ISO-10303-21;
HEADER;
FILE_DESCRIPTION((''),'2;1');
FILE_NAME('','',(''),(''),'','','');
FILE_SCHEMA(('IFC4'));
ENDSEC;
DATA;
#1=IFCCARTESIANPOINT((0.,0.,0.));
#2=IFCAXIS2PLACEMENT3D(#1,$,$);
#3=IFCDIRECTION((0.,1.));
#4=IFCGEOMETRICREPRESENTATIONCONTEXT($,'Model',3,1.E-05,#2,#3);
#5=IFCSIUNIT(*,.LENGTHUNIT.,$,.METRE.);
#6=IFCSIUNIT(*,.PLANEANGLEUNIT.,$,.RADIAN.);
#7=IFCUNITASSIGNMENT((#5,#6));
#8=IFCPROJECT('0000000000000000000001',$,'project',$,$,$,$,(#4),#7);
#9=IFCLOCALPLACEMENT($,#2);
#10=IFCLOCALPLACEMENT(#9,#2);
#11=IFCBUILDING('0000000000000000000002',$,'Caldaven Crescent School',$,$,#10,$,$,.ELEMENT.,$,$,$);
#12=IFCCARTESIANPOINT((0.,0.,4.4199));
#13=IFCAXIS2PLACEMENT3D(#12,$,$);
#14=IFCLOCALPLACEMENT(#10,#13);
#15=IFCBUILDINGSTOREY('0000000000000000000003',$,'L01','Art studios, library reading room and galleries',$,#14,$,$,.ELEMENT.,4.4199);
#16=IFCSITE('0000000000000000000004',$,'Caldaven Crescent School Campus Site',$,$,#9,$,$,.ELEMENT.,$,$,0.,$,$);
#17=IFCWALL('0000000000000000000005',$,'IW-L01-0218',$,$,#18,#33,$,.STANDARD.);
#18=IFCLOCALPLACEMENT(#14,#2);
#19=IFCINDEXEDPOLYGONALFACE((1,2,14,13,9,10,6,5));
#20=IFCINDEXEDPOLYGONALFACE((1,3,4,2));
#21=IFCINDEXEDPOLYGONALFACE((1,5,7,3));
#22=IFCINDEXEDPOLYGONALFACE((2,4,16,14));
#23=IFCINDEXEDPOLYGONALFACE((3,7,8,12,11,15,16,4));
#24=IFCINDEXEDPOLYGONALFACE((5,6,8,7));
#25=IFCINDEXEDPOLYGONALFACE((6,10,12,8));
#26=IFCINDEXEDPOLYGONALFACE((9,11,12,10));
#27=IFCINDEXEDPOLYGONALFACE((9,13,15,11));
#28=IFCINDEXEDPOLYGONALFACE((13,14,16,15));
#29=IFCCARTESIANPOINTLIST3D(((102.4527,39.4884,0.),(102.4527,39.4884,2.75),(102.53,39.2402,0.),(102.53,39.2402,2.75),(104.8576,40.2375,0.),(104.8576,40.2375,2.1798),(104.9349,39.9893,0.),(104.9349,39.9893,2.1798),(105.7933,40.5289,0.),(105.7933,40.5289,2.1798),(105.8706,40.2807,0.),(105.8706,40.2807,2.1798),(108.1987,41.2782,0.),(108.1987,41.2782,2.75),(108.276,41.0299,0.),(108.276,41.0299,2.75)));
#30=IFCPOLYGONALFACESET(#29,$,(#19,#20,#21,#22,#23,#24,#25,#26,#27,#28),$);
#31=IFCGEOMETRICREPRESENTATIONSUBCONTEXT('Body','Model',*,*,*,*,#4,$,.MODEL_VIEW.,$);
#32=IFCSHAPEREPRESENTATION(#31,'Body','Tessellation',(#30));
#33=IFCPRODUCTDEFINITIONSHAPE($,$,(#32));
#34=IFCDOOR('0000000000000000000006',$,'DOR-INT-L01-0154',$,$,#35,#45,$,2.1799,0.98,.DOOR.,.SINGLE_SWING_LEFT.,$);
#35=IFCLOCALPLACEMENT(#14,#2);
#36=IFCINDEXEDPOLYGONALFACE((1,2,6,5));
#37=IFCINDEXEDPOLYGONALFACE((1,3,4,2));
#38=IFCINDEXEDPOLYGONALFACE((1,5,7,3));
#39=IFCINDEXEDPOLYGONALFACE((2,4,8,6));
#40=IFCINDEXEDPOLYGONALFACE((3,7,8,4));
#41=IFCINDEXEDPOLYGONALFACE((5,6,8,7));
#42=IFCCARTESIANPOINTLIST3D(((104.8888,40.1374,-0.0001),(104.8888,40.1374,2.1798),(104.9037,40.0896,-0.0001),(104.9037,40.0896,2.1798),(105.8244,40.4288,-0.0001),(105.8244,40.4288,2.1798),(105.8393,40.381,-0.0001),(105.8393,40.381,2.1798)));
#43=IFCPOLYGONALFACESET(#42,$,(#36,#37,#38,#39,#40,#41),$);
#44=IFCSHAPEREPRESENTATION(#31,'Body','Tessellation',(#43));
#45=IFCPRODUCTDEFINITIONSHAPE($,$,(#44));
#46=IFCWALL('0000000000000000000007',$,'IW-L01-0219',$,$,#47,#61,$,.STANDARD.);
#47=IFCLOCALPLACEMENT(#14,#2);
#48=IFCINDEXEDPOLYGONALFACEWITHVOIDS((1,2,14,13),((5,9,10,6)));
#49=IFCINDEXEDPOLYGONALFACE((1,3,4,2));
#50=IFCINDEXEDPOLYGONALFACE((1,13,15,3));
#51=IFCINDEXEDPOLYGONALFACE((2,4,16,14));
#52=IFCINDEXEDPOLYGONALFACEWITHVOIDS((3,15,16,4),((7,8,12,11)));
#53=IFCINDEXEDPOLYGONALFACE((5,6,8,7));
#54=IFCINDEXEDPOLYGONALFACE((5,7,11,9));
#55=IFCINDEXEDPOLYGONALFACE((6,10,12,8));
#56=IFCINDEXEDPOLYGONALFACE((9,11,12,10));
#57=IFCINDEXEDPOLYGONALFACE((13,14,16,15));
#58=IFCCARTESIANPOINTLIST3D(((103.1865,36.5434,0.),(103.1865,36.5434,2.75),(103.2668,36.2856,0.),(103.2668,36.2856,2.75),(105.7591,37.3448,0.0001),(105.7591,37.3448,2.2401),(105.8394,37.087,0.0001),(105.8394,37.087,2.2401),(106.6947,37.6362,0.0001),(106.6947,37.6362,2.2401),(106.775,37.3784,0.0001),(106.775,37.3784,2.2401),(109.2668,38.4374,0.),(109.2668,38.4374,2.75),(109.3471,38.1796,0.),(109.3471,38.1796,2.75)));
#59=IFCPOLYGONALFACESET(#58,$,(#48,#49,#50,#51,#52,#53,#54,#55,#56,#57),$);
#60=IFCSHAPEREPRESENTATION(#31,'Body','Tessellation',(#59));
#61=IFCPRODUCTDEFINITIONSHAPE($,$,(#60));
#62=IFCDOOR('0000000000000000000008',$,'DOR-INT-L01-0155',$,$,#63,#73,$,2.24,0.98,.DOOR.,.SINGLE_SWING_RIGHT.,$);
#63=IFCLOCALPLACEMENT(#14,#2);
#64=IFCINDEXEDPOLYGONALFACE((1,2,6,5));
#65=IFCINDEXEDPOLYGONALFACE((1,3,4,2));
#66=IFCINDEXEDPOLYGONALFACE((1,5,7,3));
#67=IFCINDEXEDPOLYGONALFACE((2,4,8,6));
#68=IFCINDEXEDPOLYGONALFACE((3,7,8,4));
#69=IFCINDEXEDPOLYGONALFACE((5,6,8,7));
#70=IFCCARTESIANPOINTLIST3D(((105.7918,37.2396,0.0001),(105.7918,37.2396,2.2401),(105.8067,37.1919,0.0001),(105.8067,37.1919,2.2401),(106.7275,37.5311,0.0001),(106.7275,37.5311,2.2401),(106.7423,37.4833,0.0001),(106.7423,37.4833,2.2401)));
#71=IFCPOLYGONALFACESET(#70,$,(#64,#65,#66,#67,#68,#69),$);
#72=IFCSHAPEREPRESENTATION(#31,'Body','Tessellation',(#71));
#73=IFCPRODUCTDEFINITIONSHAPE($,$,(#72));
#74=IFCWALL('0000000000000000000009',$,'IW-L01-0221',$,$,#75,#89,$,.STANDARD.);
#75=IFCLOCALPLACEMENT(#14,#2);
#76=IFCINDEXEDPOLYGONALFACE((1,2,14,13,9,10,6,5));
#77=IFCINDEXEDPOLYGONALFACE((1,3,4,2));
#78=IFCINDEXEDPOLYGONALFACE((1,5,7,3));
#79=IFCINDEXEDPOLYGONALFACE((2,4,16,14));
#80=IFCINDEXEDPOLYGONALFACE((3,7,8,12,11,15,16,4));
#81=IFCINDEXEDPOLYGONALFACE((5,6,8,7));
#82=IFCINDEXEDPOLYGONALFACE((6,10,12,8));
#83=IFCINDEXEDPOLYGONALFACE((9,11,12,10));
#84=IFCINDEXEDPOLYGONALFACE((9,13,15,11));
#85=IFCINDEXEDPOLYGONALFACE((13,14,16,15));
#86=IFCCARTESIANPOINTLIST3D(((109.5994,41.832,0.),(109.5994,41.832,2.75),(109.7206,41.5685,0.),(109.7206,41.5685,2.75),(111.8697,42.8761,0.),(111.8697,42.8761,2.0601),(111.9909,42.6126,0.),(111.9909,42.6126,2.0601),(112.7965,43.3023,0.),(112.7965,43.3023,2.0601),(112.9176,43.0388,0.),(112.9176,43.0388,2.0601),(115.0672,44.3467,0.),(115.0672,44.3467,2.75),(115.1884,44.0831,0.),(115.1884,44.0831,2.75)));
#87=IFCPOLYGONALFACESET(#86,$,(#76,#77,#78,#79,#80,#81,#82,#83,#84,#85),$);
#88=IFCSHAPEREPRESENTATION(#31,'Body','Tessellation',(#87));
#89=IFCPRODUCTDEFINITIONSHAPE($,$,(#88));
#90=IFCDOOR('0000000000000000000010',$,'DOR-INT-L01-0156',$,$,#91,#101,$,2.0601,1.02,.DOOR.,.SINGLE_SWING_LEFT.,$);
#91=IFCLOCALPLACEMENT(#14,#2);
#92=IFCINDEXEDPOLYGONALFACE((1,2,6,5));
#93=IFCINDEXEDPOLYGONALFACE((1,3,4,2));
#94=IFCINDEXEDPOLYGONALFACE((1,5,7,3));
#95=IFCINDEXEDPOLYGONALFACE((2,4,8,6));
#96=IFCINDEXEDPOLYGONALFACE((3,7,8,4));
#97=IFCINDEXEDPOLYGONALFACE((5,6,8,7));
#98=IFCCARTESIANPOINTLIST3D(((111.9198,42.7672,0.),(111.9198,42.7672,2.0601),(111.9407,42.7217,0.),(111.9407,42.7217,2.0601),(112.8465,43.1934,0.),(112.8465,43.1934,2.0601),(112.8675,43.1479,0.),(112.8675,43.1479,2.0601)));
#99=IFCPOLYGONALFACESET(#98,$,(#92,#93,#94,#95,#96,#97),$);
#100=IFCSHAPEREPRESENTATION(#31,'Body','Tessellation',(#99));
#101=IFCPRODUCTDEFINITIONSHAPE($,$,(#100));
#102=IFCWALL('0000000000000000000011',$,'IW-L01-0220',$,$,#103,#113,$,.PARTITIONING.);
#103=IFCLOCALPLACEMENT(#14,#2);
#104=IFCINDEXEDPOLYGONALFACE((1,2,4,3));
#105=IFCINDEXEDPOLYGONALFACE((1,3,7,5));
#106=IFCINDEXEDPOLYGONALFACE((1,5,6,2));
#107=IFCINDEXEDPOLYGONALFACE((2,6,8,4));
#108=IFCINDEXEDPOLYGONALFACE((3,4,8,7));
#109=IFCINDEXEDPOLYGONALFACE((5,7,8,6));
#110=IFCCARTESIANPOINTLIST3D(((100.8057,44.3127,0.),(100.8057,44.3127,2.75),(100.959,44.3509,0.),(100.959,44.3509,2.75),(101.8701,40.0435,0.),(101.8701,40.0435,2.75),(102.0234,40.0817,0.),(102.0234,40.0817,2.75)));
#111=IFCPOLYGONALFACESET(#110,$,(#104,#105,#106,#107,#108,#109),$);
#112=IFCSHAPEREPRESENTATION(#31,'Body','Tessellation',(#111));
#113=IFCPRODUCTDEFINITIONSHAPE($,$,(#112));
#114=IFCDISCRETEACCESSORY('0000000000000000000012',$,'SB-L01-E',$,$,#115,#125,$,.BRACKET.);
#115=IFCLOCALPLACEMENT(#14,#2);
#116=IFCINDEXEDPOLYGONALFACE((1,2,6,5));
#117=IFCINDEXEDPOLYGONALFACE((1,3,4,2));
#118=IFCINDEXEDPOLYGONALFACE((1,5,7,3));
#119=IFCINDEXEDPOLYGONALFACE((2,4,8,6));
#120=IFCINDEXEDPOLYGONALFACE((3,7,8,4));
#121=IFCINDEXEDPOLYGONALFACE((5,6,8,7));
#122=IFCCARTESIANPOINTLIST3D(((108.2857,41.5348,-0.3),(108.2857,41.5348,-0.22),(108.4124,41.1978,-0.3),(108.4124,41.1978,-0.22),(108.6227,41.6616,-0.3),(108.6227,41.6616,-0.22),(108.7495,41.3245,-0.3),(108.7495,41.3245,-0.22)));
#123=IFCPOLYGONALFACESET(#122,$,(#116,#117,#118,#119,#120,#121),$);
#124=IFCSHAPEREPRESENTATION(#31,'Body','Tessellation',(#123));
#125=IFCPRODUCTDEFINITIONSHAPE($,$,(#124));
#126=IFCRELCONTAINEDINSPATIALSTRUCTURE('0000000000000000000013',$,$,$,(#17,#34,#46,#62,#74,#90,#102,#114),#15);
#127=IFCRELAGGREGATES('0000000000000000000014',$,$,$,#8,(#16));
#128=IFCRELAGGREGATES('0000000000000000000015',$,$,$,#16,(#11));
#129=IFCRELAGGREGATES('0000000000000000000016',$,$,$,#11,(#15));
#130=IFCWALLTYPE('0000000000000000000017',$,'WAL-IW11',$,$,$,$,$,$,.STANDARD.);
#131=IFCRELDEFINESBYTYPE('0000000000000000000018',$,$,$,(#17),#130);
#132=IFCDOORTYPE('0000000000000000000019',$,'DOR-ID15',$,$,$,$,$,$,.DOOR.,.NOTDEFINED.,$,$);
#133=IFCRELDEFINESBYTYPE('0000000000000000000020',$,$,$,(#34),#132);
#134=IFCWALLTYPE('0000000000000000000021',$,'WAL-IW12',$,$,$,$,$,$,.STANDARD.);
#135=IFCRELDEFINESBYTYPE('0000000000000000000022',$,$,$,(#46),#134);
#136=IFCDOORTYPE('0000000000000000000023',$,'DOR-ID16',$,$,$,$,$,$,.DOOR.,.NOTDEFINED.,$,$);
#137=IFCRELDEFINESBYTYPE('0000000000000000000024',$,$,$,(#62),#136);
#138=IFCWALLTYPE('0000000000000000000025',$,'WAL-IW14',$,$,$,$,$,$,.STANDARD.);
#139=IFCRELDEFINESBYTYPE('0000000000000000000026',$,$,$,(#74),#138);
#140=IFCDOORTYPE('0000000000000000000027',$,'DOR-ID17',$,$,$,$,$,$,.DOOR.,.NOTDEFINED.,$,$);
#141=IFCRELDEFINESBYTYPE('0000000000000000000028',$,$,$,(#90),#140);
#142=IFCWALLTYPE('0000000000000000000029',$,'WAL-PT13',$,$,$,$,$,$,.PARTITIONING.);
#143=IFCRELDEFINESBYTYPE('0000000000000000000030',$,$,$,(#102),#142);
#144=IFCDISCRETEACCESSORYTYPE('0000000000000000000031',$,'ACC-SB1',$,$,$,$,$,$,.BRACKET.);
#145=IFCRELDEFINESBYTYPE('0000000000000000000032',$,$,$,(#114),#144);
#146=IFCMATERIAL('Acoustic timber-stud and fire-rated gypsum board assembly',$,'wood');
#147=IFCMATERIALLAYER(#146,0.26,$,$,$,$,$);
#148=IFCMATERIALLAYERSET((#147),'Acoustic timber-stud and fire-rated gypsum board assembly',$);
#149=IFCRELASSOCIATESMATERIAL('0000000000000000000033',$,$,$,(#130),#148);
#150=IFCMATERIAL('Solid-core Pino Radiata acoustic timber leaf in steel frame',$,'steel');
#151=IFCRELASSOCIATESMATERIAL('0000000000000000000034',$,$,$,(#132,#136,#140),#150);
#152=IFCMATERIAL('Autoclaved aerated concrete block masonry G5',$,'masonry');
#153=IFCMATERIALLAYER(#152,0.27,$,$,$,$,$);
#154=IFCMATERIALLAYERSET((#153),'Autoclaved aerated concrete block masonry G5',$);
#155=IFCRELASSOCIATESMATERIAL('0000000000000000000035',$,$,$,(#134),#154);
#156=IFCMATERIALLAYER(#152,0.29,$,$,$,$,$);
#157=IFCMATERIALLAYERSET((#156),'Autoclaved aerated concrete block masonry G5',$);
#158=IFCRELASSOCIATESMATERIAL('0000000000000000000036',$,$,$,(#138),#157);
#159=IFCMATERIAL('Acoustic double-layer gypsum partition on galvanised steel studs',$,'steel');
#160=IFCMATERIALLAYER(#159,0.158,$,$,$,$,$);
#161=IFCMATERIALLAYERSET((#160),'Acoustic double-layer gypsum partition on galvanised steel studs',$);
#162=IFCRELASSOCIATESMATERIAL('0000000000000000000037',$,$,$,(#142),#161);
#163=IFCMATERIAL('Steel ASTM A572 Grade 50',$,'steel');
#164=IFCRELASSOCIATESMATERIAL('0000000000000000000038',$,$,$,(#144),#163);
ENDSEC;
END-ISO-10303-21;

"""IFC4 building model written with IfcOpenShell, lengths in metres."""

from ifc_helpers import new_model, si_unit, direction, frame, frame_2d, origin, origin_2d, place, context, subcontext, project, spatial, rectangle, extrude, material, layer, layer_set, type_object, element, fill, save


model = new_model("IFC4")

# Units and contexts
model_context = context("Model", 3, precision=1e-05, world=origin(), true_north=direction((0.0, 1.0)))
body_context = subcontext(model_context, "Body", "Model", "MODEL_VIEW")
ifc_project = project(units=[si_unit("LENGTHUNIT", "METRE"), si_unit("PLANEANGLEUNIT", "RADIAN")], contexts=[model_context])

# Site, building, storey
site_placement = place(None, origin())
site = spatial("IfcSite", under=ifc_project, at=site_placement, Name="Caldaven Crescent School Campus Site", CompositionType="ELEMENT", RefElevation=0.0)
building_placement = place(site_placement, origin())
building = spatial("IfcBuilding", under=site, at=building_placement, Name="Caldaven Crescent School", CompositionType="ELEMENT")
storey_placement = place(building_placement, frame((0.0, 0.0, 4.4199)))
storey = spatial("IfcBuildingStorey", under=building, at=storey_placement, Name="L01", Description="Art studios, library reading room and galleries", CompositionType="ELEMENT", Elevation=4.4199)

# Walls, openings, doors
ifc_material_1 = material(Name="Acoustic timber-stud and fire-rated gypsum board assembly", Category="wood")
ifc_layer_1 = layer(ifc_material_1, 0.26)
ifc_layer_set_1 = layer_set([ifc_layer_1], Name="Acoustic timber-stud and fire-rated gypsum board assembly")
wall_type_1 = type_object("IfcWallType", Name="WAL-IW11", PredefinedType="STANDARD", material=ifc_layer_set_1)
wall_1_placement = place(storey_placement, frame((102.4912, 39.3643, 0.0), z_axis=(0.0, 0.0, 1.0), x_axis=(0.954757, 0.297388, 0.0)))
wall_1 = element("IfcWall", 1, at=wall_1_placement, inside=storey, type_object=wall_type_1, Name="IW-L01-0218", PredefinedType="STANDARD", context=body_context, shape_type="SweptSolid", body=[
    extrude(rectangle(XDim=6.0183, YDim=0.26, at=frame_2d((3.0093, 0.0))), origin(), (0.0, 0.0, 1.0), 2.75),
])
opening_1_placement = place(wall_1_placement, frame((2.519, 0.0, 0.0)))
opening_1 = element("IfcOpeningElement", 2, at=opening_1_placement, cuts=wall_1, PredefinedType="OPENING", context=body_context, shape_type="SweptSolid", body=[
    extrude(rectangle(XDim=0.98, YDim=2.1799, at=frame_2d((0.49, 1.0898))), frame((0.0, 0.1399, 0.0), z_axis=(0.0, -1.0, 0.0), x_axis=(1.0, 0.0, 0.0)), (0.0, 0.0, 1.0), 0.28),
])
ifc_material_2 = material(Name="Solid-core Pino Radiata acoustic timber leaf in steel frame", Category="steel")
door_type_1 = type_object("IfcDoorType", Name="DOR-ID15", OperationType="NOTDEFINED", PredefinedType="DOOR", material=ifc_material_2)
door_1_placement = place(opening_1_placement, frame((0.98, 0.0, 0.0), z_axis=(0.0, 0.0, 1.0), x_axis=(-1.0, 0.0, 0.0)))
door_1 = element("IfcDoor", 3, at=door_1_placement, inside=storey, type_object=door_type_1, Name="DOR-INT-L01-0154", OperationType="SINGLE_SWING_LEFT", OverallHeight=2.1799, OverallWidth=0.98, PredefinedType="DOOR", context=body_context, shape_type="SweptSolid", body=[
    extrude(rectangle(XDim=0.98, YDim=2.1799, at=frame_2d((0.49, 1.0898))), frame((0.0, 0.0249, 0.0), z_axis=(0.0, -1.0, 0.0), x_axis=(1.0, 0.0, 0.0)), (0.0, 0.0, 1.0), 0.05),
])
fill(opening_1, door_1)
ifc_material_3 = material(Name="Autoclaved aerated concrete block masonry G5", Category="masonry")
ifc_layer_2 = layer(ifc_material_3, 0.27)
ifc_layer_set_2 = layer_set([ifc_layer_2], Name="Autoclaved aerated concrete block masonry G5")
wall_type_2 = type_object("IfcWallType", Name="WAL-IW12", PredefinedType="STANDARD", material=ifc_layer_set_2)
wall_2_placement = place(storey_placement, frame((103.2268, 36.4146, 0.0), z_axis=(0.0, 0.0, 1.0), x_axis=(0.95475, 0.297408, 0.0)))
wall_2 = element("IfcWall", 4, at=wall_2_placement, inside=storey, type_object=wall_type_2, Name="IW-L01-0219", PredefinedType="STANDARD", context=body_context, shape_type="SweptSolid", body=[
    extrude(rectangle(XDim=6.3684, YDim=0.27, at=frame_2d((3.1841, 0.0))), origin(), (0.0, 0.0, 1.0), 2.75),
])
opening_2_placement = place(wall_2_placement, frame((2.6943, 0.0, 0.0)))
opening_2 = element("IfcOpeningElement", 5, at=opening_2_placement, cuts=wall_2, PredefinedType="OPENING", context=body_context, shape_type="SweptSolid", body=[
    extrude(rectangle(XDim=0.98, YDim=2.24, at=frame_2d((0.49, 1.1201))), frame((0.0, 0.145, 0.0), z_axis=(0.0, -1.0, 0.0), x_axis=(1.0, 0.0, 0.0)), (0.0, 0.0, 1.0), 0.29),
])
door_type_2 = type_object("IfcDoorType", Name="DOR-ID16", OperationType="NOTDEFINED", PredefinedType="DOOR", material=ifc_material_2)
door_2_placement = place(opening_2_placement, origin())
door_2 = element("IfcDoor", 6, at=door_2_placement, inside=storey, type_object=door_type_2, Name="DOR-INT-L01-0155", OperationType="SINGLE_SWING_RIGHT", OverallHeight=2.24, OverallWidth=0.98, PredefinedType="DOOR", context=body_context, shape_type="SweptSolid", body=[
    extrude(rectangle(XDim=0.98, YDim=2.24, at=frame_2d((0.49, 1.1201))), frame((0.0, 0.0249, 0.0), z_axis=(0.0, -1.0, 0.0), x_axis=(1.0, 0.0, 0.0)), (0.0, 0.0, 1.0), 0.05),
])
fill(opening_2, door_2)
ifc_layer_3 = layer(ifc_material_3, 0.29)
ifc_layer_set_3 = layer_set([ifc_layer_3], Name="Autoclaved aerated concrete block masonry G5")
wall_type_3 = type_object("IfcWallType", Name="WAL-IW14", PredefinedType="STANDARD", material=ifc_layer_set_3)
wall_3_placement = place(storey_placement, frame((109.6599, 41.7002, 0.0), z_axis=(0.0, 0.0, 1.0), x_axis=(0.908524, 0.417833, 0.0)))
wall_3 = element("IfcWall", 7, at=wall_3_placement, inside=storey, type_object=wall_type_3, Name="IW-L01-0221", PredefinedType="STANDARD", context=body_context, shape_type="SweptSolid", body=[
    extrude(rectangle(XDim=6.0183, YDim=0.29, at=frame_2d((3.0093, 0.0))), origin(), (0.0, 0.0, 1.0), 2.75),
])
opening_3_placement = place(wall_3_placement, frame((2.499, 0.0, 0.0)))
opening_3 = element("IfcOpeningElement", 8, at=opening_3_placement, cuts=wall_3, PredefinedType="OPENING", context=body_context, shape_type="SweptSolid", body=[
    extrude(rectangle(XDim=1.02, YDim=2.0601, at=frame_2d((0.51, 1.03))), frame((0.0, 0.155, 0.0), z_axis=(0.0, -1.0, 0.0), x_axis=(1.0, 0.0, 0.0)), (0.0, 0.0, 1.0), 0.3101),
])
door_type_3 = type_object("IfcDoorType", Name="DOR-ID17", OperationType="NOTDEFINED", PredefinedType="DOOR", material=ifc_material_2)
door_3_placement = place(opening_3_placement, frame((1.02, 0.0, 0.0), z_axis=(0.0, 0.0, 1.0), x_axis=(-1.0, 0.0, 0.0)))
door_3 = element("IfcDoor", 9, at=door_3_placement, inside=storey, type_object=door_type_3, Name="DOR-INT-L01-0156", OperationType="SINGLE_SWING_LEFT", OverallHeight=2.0601, OverallWidth=1.02, PredefinedType="DOOR", context=body_context, shape_type="SweptSolid", body=[
    extrude(rectangle(XDim=1.02, YDim=2.0601, at=frame_2d((0.51, 1.03))), frame((0.0, 0.0249, 0.0), z_axis=(0.0, -1.0, 0.0), x_axis=(1.0, 0.0, 0.0)), (0.0, 0.0, 1.0), 0.05),
])
fill(opening_3, door_3)

# Wall
ifc_material_4 = material(Name="Acoustic double-layer gypsum partition on galvanised steel studs", Category="steel")
ifc_layer_4 = layer(ifc_material_4, 0.158)
ifc_layer_set_4 = layer_set([ifc_layer_4], Name="Acoustic double-layer gypsum partition on galvanised steel studs")
wall_type_4 = type_object("IfcWallType", Name="WAL-PT13", PredefinedType="PARTITIONING", material=ifc_layer_set_4)
wall_4_placement = place(storey_placement, frame((100.8823, 44.3318, 0.0), z_axis=(0.0, 0.0, 1.0), x_axis=(0.241922, -0.970296, 0.0)))
element("IfcWall", 10, at=wall_4_placement, inside=storey, type_object=wall_type_4, Name="IW-L01-0220", PredefinedType="PARTITIONING", context=body_context, shape_type="SweptSolid", body=[
    extrude(rectangle(XDim=4.3999, YDim=0.158, at=frame_2d((2.2, 0.0))), origin(), (0.0, 0.0, 1.0), 2.75),
])

# Discrete accessory
ifc_material_5 = material(Name="Steel ASTM A572 Grade 50", Category="steel")
discrete_accessory_type = type_object("IfcDiscreteAccessoryType", Name="ACC-SB1", PredefinedType="BRACKET", material=ifc_material_5)
discrete_accessory_placement = place(storey_placement, frame((108.5176, 41.4297, -0.3), z_axis=(0.0, 0.0, 1.0), x_axis=(0.352005, -0.935998, 0.0)))
element("IfcDiscreteAccessory", 11, at=discrete_accessory_placement, inside=storey, type_object=discrete_accessory_type, Name="SB-L01-E", PredefinedType="BRACKET", context=body_context, shape_type="SweptSolid", body=[
    extrude(rectangle(XDim=0.3601, YDim=0.3601, at=origin_2d()), origin(), (0.0, 0.0, 1.0), 0.0801),
])

save(model, "model.ifc")
